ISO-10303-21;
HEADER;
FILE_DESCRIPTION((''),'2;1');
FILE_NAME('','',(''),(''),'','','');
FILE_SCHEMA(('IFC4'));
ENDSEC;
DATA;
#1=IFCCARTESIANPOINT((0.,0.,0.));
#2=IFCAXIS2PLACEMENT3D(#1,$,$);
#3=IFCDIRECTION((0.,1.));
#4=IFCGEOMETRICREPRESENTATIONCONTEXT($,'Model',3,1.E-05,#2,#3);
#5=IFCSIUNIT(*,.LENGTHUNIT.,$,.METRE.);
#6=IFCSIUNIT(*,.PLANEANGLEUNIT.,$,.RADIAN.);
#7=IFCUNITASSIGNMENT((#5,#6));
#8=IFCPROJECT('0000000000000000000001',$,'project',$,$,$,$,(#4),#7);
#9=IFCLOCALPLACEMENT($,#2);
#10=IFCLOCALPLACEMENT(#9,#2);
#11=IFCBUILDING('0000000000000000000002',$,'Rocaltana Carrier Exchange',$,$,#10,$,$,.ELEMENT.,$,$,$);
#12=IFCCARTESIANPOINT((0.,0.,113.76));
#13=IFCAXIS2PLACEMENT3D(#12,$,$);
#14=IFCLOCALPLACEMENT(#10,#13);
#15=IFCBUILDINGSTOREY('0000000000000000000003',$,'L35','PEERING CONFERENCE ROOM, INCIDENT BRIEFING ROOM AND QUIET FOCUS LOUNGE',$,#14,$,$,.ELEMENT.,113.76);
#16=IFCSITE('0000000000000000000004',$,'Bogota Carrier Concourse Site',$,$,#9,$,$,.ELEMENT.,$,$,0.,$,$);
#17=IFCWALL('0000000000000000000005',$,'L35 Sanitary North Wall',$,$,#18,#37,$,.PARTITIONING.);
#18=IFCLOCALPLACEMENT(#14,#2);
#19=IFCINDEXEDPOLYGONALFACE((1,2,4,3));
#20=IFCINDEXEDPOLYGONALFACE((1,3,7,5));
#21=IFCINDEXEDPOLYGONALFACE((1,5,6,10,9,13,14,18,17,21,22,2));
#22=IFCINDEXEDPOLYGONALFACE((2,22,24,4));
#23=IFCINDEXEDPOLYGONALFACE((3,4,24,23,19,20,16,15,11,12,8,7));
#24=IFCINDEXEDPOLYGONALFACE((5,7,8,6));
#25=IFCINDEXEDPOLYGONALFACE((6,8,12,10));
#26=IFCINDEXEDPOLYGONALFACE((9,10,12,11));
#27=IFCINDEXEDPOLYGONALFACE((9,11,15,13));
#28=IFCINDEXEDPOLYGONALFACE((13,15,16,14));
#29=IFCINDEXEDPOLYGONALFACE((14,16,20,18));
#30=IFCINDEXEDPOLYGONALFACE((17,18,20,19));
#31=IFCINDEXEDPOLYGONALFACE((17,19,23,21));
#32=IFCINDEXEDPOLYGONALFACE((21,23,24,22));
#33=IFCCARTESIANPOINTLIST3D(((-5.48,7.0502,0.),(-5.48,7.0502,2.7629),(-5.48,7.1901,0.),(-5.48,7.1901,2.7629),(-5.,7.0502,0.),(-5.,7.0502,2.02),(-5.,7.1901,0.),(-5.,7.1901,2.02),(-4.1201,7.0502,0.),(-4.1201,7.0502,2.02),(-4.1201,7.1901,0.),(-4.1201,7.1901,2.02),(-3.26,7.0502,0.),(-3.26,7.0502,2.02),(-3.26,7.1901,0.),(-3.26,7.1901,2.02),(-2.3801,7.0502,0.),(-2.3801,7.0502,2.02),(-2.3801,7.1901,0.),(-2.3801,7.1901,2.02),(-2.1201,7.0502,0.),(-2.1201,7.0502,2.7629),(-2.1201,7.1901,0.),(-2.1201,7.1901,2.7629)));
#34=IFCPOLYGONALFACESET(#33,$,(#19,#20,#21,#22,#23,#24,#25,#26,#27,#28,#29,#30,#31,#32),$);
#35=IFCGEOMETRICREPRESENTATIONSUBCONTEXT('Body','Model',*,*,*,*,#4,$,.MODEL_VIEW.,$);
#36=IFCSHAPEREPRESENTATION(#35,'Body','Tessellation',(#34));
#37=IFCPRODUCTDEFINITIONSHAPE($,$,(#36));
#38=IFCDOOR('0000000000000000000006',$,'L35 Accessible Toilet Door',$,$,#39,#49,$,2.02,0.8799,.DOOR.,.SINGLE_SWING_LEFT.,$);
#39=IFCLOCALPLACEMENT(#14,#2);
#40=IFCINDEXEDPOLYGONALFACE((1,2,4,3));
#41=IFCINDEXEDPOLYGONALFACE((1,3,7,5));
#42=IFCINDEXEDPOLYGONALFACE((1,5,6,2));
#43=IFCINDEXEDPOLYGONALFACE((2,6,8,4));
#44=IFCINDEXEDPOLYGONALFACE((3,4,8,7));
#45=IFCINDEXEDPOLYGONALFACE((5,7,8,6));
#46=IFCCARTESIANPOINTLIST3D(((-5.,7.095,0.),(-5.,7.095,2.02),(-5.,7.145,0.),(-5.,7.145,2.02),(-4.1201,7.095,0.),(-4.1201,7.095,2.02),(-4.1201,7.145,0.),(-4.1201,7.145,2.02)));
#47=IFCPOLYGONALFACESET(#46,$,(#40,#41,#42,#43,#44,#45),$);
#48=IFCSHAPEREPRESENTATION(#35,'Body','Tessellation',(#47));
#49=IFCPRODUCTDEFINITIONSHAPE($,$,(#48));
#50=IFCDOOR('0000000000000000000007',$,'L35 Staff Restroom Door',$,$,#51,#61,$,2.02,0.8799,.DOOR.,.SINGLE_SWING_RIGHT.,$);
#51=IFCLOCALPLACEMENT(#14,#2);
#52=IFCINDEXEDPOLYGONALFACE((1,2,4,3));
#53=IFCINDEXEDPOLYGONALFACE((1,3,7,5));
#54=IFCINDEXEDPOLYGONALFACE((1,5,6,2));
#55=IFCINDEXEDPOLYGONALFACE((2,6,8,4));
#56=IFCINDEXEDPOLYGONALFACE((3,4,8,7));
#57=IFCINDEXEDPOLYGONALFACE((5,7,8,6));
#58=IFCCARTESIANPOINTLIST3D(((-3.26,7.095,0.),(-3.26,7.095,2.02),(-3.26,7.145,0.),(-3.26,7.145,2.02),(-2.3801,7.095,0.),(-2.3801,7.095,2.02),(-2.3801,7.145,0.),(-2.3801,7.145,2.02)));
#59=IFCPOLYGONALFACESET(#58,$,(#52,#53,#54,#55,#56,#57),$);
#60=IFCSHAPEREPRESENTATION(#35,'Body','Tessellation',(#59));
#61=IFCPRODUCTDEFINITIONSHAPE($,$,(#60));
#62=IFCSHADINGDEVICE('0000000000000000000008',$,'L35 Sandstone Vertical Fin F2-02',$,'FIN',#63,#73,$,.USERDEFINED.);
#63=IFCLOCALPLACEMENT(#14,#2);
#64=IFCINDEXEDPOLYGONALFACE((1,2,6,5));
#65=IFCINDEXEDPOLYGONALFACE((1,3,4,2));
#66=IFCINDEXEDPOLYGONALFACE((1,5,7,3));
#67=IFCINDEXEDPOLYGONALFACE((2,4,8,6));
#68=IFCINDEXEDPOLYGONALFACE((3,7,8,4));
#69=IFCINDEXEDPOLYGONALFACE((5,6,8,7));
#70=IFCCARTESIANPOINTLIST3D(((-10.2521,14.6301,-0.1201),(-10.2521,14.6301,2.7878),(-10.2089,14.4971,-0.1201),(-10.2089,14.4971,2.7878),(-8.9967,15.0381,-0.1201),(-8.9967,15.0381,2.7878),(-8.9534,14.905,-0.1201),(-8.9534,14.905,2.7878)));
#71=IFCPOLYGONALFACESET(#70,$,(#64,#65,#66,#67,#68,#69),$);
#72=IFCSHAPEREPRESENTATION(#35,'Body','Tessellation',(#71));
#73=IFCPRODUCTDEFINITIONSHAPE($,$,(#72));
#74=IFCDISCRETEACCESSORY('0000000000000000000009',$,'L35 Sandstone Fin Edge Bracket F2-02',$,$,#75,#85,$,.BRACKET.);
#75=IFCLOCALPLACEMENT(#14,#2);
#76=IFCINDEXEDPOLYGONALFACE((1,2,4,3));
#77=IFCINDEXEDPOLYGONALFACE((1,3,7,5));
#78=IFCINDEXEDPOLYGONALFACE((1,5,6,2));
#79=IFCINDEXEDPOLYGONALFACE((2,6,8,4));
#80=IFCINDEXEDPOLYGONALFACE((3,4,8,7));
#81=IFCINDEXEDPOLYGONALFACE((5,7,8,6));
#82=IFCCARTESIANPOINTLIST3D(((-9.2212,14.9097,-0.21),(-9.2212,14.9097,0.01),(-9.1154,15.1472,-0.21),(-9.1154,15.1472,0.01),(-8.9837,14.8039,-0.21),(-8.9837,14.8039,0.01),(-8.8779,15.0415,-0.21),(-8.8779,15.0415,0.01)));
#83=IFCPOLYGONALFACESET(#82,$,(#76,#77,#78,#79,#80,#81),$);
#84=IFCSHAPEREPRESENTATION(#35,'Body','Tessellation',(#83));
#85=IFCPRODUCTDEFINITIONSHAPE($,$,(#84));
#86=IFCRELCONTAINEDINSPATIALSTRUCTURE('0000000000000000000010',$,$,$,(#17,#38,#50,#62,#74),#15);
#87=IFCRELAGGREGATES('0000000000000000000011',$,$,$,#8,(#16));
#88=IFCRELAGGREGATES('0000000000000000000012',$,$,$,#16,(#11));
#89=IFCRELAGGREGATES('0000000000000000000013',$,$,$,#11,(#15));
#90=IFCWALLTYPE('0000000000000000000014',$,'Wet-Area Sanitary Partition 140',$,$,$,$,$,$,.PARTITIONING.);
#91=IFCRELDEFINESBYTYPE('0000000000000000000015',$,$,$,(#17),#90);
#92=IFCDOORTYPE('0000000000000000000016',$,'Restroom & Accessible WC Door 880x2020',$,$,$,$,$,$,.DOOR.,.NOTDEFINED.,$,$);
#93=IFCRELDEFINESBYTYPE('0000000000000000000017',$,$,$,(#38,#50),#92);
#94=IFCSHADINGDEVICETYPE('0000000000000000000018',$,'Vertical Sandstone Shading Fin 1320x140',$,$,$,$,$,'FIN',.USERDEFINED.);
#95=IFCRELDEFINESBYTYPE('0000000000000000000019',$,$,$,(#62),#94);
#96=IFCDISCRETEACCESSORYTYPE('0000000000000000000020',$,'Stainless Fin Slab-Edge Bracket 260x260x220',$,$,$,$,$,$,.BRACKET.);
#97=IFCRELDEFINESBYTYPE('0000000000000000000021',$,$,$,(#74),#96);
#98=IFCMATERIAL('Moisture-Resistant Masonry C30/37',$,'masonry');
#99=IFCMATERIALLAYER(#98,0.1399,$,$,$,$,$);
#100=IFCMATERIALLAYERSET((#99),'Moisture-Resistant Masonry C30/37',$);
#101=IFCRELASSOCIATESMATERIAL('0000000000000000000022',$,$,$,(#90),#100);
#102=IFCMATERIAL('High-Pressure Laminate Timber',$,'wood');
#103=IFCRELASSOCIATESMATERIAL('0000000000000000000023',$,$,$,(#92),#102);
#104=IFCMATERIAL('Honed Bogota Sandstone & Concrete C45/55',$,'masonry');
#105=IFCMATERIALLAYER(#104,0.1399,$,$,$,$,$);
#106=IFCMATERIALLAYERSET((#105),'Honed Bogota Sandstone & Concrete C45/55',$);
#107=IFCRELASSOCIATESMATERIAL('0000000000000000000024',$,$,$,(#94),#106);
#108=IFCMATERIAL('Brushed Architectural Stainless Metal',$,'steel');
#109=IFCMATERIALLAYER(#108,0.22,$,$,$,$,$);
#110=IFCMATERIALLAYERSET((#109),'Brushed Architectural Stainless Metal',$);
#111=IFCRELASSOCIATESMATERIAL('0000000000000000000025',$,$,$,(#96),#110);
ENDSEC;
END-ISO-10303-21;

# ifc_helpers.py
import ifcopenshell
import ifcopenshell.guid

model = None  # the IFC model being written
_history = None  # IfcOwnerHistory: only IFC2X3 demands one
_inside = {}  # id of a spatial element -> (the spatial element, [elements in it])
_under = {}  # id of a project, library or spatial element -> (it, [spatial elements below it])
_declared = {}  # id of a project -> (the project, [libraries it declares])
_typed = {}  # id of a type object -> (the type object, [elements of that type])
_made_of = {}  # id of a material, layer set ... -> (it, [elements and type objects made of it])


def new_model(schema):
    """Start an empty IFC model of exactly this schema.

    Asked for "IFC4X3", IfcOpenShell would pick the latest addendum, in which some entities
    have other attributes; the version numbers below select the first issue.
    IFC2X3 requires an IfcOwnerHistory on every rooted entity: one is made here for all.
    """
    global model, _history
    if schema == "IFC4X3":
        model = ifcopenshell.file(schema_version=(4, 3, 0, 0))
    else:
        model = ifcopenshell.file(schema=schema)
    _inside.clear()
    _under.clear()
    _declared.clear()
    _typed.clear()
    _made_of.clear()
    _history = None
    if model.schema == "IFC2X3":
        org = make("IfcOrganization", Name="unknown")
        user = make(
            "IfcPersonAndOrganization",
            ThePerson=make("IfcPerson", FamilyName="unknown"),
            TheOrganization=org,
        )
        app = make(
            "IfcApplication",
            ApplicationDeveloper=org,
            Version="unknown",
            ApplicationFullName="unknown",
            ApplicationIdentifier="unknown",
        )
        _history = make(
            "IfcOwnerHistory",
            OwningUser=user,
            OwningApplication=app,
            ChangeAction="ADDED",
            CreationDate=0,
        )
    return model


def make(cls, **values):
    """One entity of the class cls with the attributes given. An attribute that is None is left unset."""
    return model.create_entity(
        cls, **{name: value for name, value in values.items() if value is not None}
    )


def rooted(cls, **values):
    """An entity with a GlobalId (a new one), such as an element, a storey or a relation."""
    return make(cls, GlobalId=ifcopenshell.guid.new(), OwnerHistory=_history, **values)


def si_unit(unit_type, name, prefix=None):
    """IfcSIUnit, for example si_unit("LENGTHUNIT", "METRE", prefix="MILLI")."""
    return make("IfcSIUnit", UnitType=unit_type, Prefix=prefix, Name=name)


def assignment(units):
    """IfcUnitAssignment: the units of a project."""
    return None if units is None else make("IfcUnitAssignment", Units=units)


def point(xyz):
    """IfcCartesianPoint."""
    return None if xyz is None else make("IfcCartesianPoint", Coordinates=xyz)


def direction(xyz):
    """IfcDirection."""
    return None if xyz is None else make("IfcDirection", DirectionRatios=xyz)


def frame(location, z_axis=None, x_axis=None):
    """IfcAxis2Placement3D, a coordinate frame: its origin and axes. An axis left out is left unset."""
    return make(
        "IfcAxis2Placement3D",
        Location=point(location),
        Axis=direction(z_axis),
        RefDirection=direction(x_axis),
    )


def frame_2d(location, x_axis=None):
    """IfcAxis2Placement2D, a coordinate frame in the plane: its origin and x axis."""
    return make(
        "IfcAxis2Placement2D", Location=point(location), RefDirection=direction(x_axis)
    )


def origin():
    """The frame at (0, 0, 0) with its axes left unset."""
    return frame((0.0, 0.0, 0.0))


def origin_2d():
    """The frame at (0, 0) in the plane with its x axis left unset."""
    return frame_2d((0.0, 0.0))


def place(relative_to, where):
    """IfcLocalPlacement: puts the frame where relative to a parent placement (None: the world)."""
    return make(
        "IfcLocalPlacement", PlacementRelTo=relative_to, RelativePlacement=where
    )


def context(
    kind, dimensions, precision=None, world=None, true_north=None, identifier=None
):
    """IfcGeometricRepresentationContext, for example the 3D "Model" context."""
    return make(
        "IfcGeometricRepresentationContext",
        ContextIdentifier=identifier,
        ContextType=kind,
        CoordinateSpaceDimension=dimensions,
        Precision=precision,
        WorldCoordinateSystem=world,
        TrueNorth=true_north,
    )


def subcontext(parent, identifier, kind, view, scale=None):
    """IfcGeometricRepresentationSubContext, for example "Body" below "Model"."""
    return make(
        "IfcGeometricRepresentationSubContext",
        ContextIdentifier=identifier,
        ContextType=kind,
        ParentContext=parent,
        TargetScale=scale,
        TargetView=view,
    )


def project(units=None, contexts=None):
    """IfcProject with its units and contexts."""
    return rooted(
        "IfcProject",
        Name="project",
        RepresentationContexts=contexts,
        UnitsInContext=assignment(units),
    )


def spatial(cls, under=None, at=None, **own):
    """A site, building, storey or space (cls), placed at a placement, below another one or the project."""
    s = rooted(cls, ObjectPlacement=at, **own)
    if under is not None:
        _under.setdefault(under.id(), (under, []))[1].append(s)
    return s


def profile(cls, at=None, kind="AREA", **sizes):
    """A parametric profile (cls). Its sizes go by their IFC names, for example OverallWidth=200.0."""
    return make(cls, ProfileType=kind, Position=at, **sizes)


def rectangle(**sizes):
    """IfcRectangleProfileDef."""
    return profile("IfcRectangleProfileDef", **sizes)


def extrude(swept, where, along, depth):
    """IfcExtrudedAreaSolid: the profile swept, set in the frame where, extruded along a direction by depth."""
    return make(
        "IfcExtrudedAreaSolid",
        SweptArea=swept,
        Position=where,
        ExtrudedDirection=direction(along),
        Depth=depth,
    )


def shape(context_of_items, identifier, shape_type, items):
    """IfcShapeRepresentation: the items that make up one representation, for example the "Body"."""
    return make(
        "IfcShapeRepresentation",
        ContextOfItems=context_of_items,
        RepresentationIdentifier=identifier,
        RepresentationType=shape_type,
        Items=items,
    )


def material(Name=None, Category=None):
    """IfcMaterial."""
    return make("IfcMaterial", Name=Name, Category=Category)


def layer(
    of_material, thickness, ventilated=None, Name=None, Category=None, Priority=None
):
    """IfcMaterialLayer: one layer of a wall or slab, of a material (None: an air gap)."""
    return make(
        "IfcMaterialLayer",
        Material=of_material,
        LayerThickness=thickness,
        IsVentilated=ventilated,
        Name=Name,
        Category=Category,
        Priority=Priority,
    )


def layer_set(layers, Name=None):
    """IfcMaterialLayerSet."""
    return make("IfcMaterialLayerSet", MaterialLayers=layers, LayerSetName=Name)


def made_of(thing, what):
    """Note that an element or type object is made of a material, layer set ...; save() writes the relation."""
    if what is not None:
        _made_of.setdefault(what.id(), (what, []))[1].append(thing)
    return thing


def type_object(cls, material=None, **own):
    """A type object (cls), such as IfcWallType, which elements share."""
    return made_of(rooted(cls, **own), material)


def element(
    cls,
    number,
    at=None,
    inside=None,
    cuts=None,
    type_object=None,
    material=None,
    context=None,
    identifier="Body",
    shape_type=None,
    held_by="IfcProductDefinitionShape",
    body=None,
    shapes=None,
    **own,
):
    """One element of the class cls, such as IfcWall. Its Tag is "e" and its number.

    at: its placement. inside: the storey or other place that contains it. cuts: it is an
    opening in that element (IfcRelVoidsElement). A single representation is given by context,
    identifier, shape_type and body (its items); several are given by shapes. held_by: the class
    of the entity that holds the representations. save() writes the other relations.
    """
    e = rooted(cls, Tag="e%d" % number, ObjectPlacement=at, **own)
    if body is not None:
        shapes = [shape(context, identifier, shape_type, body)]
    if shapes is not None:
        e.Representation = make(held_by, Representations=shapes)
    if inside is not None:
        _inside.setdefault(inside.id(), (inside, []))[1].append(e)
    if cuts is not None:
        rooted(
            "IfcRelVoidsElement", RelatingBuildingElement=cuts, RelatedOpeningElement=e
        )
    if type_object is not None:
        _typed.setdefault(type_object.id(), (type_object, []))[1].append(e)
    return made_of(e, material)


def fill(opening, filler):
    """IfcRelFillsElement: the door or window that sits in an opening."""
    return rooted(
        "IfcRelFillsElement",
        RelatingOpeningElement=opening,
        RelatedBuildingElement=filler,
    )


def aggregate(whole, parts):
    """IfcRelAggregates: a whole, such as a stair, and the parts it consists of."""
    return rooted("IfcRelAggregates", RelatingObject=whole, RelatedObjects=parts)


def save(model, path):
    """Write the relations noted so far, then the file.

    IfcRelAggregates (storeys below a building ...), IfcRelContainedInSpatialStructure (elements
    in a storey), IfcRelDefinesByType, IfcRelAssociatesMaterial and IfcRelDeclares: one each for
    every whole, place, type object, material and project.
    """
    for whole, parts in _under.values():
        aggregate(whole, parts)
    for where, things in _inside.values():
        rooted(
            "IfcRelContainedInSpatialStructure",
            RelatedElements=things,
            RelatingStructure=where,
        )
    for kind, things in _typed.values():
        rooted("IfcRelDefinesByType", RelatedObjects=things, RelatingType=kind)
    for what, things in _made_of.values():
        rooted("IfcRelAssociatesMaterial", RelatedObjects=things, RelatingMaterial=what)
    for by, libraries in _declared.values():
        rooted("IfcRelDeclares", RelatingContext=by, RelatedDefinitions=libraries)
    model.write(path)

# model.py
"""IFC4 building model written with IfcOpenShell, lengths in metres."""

from ifc_helpers import new_model, si_unit, direction, frame, frame_2d, origin, origin_2d, place, context, subcontext, project, spatial, rectangle, extrude, material, layer, layer_set, type_object, element, fill, save


model = new_model("IFC4")

# Units and contexts
model_context = context("Model", 3, precision=1e-05, world=origin(), true_north=direction((0.0, 1.0)))
body_context = subcontext(model_context, "Body", "Model", "MODEL_VIEW")
ifc_project = project(units=[si_unit("LENGTHUNIT", "METRE"), si_unit("PLANEANGLEUNIT", "RADIAN")], contexts=[model_context])

# Site, building, storey
site_placement = place(None, origin())
site = spatial("IfcSite", under=ifc_project, at=site_placement, Name="Bogota Carrier Concourse Site", CompositionType="ELEMENT", RefElevation=0.0)
building_placement = place(site_placement, origin())
building = spatial("IfcBuilding", under=site, at=building_placement, Name="Rocaltana Carrier Exchange", CompositionType="ELEMENT")
storey_placement = place(building_placement, frame((0.0, 0.0, 113.76)))
storey = spatial("IfcBuildingStorey", under=building, at=storey_placement, Name="L35", Description="PEERING CONFERENCE ROOM, INCIDENT BRIEFING ROOM AND QUIET FOCUS LOUNGE", CompositionType="ELEMENT", Elevation=113.76)

# Wall, openings, doors
ifc_material_1 = material(Name="Moisture-Resistant Masonry C30/37", Category="masonry")
ifc_layer_1 = layer(ifc_material_1, 0.1399)
ifc_layer_set_1 = layer_set([ifc_layer_1], Name="Moisture-Resistant Masonry C30/37")
wall_type_1 = type_object("IfcWallType", Name="Wet-Area Sanitary Partition 140", PredefinedType="PARTITIONING", material=ifc_layer_set_1)
wall_1_placement = place(storey_placement, frame((-5.48, 7.1201, 0.0), z_axis=(0.0, 0.0, 1.0), x_axis=(1.0, 0.0, 0.0)))
wall_1 = element("IfcWall", 1, at=wall_1_placement, inside=storey, type_object=wall_type_1, Name="L35 Sanitary North Wall", PredefinedType="PARTITIONING", context=body_context, shape_type="SweptSolid", body=[
    extrude(rectangle(XDim=3.3599, YDim=0.1399, at=frame_2d((1.6799, 0.0))), origin(), (0.0, 0.0, 1.0), 2.7629),
])
opening_1_placement = place(wall_1_placement, frame((0.48, 0.0, 0.0)))
opening_1 = element("IfcOpeningElement", 2, at=opening_1_placement, cuts=wall_1, PredefinedType="OPENING", context=body_context, shape_type="SweptSolid", body=[
    extrude(rectangle(XDim=0.8799, YDim=2.02, at=frame_2d((0.4399, 1.01))), frame((0.0, 0.0798, 0.0), z_axis=(0.0, -1.0, 0.0), x_axis=(1.0, 0.0, 0.0)), (0.0, 0.0, 1.0), 0.1599),
])
opening_2_placement = place(wall_1_placement, frame((2.22, 0.0, 0.0)))
opening_2 = element("IfcOpeningElement", 3, at=opening_2_placement, cuts=wall_1, PredefinedType="OPENING", context=body_context, shape_type="SweptSolid", body=[
    extrude(rectangle(XDim=0.8799, YDim=2.02, at=frame_2d((0.4399, 1.01))), frame((0.0, 0.0798, 0.0), z_axis=(0.0, -1.0, 0.0), x_axis=(1.0, 0.0, 0.0)), (0.0, 0.0, 1.0), 0.1599),
])
ifc_material_2 = material(Name="High-Pressure Laminate Timber", Category="wood")
door_type_1 = type_object("IfcDoorType", Name="Restroom & Accessible WC Door 880x2020", OperationType="NOTDEFINED", PredefinedType="DOOR", material=ifc_material_2)
door_1_placement = place(opening_1_placement, origin())
door_1 = element("IfcDoor", 4, at=door_1_placement, inside=storey, type_object=door_type_1, Name="L35 Accessible Toilet Door", OperationType="SINGLE_SWING_LEFT", OverallHeight=2.02, OverallWidth=0.8799, PredefinedType="DOOR", context=body_context, shape_type="SweptSolid", body=[
    extrude(rectangle(XDim=0.8799, YDim=2.02, at=frame_2d((0.4399, 1.01))), frame((0.0, 0.0249, 0.0), z_axis=(0.0, -1.0, 0.0), x_axis=(1.0, 0.0, 0.0)), (0.0, 0.0, 1.0), 0.05),
])
fill(opening_1, door_1)
door_2_placement = place(opening_2_placement, origin())
door_2 = element("IfcDoor", 5, at=door_2_placement, inside=storey, type_object=door_type_1, Name="L35 Staff Restroom Door", OperationType="SINGLE_SWING_RIGHT", OverallHeight=2.02, OverallWidth=0.8799, PredefinedType="DOOR", context=body_context, shape_type="SweptSolid", body=[
    extrude(rectangle(XDim=0.8799, YDim=2.02, at=frame_2d((0.4399, 1.01))), frame((0.0, 0.0249, 0.0), z_axis=(0.0, -1.0, 0.0), x_axis=(1.0, 0.0, 0.0)), (0.0, 0.0, 1.0), 0.05),
])
fill(opening_2, door_2)

# Shading device
ifc_material_3 = material(Name="Honed Bogota Sandstone & Concrete C45/55", Category="masonry")
ifc_layer_2 = layer(ifc_material_3, 0.1399)
ifc_layer_set_2 = layer_set([ifc_layer_2], Name="Honed Bogota Sandstone & Concrete C45/55")
shading_device_type = type_object("IfcShadingDeviceType", Name="Vertical Sandstone Shading Fin 1320x140", ElementType="FIN", PredefinedType="USERDEFINED", material=ifc_layer_set_2)
shading_device_placement = place(storey_placement, frame((-9.6028, 14.7676, -0.1201), z_axis=(0.0, 0.0, 1.0), x_axis=(-0.951057, -0.309017, 0.0)))
element("IfcShadingDevice", 6, at=shading_device_placement, inside=storey, type_object=shading_device_type, Name="L35 Sandstone Vertical Fin F2-02", ObjectType="FIN", PredefinedType="USERDEFINED", context=body_context, shape_type="SweptSolid", body=[
    extrude(rectangle(XDim=1.3201, YDim=0.1399, at=origin_2d()), origin(), (0.0, 0.0, 1.0), 2.908),
])

# Discrete accessory
ifc_material_4 = material(Name="Brushed Architectural Stainless Metal", Category="steel")
ifc_layer_3 = layer(ifc_material_4, 0.22)
ifc_layer_set_3 = layer_set([ifc_layer_3], Name="Brushed Architectural Stainless Metal")
discrete_accessory_type = type_object("IfcDiscreteAccessoryType", Name="Stainless Fin Slab-Edge Bracket 260x260x220", PredefinedType="BRACKET", material=ifc_layer_set_3)
discrete_accessory_placement = place(storey_placement, frame((-9.0496, 14.9756, -0.21), z_axis=(0.0, 0.0, 1.0), x_axis=(-0.406737, -0.913545, 0.0)))
element("IfcDiscreteAccessory", 7, at=discrete_accessory_placement, inside=storey, type_object=discrete_accessory_type, Name="L35 Sandstone Fin Edge Bracket F2-02", PredefinedType="BRACKET", context=body_context, shape_type="SweptSolid", body=[
    extrude(rectangle(XDim=0.26, YDim=0.26, at=origin_2d()), origin(), (0.0, 0.0, 1.0), 0.22),
])

save(model, "model.ifc")
